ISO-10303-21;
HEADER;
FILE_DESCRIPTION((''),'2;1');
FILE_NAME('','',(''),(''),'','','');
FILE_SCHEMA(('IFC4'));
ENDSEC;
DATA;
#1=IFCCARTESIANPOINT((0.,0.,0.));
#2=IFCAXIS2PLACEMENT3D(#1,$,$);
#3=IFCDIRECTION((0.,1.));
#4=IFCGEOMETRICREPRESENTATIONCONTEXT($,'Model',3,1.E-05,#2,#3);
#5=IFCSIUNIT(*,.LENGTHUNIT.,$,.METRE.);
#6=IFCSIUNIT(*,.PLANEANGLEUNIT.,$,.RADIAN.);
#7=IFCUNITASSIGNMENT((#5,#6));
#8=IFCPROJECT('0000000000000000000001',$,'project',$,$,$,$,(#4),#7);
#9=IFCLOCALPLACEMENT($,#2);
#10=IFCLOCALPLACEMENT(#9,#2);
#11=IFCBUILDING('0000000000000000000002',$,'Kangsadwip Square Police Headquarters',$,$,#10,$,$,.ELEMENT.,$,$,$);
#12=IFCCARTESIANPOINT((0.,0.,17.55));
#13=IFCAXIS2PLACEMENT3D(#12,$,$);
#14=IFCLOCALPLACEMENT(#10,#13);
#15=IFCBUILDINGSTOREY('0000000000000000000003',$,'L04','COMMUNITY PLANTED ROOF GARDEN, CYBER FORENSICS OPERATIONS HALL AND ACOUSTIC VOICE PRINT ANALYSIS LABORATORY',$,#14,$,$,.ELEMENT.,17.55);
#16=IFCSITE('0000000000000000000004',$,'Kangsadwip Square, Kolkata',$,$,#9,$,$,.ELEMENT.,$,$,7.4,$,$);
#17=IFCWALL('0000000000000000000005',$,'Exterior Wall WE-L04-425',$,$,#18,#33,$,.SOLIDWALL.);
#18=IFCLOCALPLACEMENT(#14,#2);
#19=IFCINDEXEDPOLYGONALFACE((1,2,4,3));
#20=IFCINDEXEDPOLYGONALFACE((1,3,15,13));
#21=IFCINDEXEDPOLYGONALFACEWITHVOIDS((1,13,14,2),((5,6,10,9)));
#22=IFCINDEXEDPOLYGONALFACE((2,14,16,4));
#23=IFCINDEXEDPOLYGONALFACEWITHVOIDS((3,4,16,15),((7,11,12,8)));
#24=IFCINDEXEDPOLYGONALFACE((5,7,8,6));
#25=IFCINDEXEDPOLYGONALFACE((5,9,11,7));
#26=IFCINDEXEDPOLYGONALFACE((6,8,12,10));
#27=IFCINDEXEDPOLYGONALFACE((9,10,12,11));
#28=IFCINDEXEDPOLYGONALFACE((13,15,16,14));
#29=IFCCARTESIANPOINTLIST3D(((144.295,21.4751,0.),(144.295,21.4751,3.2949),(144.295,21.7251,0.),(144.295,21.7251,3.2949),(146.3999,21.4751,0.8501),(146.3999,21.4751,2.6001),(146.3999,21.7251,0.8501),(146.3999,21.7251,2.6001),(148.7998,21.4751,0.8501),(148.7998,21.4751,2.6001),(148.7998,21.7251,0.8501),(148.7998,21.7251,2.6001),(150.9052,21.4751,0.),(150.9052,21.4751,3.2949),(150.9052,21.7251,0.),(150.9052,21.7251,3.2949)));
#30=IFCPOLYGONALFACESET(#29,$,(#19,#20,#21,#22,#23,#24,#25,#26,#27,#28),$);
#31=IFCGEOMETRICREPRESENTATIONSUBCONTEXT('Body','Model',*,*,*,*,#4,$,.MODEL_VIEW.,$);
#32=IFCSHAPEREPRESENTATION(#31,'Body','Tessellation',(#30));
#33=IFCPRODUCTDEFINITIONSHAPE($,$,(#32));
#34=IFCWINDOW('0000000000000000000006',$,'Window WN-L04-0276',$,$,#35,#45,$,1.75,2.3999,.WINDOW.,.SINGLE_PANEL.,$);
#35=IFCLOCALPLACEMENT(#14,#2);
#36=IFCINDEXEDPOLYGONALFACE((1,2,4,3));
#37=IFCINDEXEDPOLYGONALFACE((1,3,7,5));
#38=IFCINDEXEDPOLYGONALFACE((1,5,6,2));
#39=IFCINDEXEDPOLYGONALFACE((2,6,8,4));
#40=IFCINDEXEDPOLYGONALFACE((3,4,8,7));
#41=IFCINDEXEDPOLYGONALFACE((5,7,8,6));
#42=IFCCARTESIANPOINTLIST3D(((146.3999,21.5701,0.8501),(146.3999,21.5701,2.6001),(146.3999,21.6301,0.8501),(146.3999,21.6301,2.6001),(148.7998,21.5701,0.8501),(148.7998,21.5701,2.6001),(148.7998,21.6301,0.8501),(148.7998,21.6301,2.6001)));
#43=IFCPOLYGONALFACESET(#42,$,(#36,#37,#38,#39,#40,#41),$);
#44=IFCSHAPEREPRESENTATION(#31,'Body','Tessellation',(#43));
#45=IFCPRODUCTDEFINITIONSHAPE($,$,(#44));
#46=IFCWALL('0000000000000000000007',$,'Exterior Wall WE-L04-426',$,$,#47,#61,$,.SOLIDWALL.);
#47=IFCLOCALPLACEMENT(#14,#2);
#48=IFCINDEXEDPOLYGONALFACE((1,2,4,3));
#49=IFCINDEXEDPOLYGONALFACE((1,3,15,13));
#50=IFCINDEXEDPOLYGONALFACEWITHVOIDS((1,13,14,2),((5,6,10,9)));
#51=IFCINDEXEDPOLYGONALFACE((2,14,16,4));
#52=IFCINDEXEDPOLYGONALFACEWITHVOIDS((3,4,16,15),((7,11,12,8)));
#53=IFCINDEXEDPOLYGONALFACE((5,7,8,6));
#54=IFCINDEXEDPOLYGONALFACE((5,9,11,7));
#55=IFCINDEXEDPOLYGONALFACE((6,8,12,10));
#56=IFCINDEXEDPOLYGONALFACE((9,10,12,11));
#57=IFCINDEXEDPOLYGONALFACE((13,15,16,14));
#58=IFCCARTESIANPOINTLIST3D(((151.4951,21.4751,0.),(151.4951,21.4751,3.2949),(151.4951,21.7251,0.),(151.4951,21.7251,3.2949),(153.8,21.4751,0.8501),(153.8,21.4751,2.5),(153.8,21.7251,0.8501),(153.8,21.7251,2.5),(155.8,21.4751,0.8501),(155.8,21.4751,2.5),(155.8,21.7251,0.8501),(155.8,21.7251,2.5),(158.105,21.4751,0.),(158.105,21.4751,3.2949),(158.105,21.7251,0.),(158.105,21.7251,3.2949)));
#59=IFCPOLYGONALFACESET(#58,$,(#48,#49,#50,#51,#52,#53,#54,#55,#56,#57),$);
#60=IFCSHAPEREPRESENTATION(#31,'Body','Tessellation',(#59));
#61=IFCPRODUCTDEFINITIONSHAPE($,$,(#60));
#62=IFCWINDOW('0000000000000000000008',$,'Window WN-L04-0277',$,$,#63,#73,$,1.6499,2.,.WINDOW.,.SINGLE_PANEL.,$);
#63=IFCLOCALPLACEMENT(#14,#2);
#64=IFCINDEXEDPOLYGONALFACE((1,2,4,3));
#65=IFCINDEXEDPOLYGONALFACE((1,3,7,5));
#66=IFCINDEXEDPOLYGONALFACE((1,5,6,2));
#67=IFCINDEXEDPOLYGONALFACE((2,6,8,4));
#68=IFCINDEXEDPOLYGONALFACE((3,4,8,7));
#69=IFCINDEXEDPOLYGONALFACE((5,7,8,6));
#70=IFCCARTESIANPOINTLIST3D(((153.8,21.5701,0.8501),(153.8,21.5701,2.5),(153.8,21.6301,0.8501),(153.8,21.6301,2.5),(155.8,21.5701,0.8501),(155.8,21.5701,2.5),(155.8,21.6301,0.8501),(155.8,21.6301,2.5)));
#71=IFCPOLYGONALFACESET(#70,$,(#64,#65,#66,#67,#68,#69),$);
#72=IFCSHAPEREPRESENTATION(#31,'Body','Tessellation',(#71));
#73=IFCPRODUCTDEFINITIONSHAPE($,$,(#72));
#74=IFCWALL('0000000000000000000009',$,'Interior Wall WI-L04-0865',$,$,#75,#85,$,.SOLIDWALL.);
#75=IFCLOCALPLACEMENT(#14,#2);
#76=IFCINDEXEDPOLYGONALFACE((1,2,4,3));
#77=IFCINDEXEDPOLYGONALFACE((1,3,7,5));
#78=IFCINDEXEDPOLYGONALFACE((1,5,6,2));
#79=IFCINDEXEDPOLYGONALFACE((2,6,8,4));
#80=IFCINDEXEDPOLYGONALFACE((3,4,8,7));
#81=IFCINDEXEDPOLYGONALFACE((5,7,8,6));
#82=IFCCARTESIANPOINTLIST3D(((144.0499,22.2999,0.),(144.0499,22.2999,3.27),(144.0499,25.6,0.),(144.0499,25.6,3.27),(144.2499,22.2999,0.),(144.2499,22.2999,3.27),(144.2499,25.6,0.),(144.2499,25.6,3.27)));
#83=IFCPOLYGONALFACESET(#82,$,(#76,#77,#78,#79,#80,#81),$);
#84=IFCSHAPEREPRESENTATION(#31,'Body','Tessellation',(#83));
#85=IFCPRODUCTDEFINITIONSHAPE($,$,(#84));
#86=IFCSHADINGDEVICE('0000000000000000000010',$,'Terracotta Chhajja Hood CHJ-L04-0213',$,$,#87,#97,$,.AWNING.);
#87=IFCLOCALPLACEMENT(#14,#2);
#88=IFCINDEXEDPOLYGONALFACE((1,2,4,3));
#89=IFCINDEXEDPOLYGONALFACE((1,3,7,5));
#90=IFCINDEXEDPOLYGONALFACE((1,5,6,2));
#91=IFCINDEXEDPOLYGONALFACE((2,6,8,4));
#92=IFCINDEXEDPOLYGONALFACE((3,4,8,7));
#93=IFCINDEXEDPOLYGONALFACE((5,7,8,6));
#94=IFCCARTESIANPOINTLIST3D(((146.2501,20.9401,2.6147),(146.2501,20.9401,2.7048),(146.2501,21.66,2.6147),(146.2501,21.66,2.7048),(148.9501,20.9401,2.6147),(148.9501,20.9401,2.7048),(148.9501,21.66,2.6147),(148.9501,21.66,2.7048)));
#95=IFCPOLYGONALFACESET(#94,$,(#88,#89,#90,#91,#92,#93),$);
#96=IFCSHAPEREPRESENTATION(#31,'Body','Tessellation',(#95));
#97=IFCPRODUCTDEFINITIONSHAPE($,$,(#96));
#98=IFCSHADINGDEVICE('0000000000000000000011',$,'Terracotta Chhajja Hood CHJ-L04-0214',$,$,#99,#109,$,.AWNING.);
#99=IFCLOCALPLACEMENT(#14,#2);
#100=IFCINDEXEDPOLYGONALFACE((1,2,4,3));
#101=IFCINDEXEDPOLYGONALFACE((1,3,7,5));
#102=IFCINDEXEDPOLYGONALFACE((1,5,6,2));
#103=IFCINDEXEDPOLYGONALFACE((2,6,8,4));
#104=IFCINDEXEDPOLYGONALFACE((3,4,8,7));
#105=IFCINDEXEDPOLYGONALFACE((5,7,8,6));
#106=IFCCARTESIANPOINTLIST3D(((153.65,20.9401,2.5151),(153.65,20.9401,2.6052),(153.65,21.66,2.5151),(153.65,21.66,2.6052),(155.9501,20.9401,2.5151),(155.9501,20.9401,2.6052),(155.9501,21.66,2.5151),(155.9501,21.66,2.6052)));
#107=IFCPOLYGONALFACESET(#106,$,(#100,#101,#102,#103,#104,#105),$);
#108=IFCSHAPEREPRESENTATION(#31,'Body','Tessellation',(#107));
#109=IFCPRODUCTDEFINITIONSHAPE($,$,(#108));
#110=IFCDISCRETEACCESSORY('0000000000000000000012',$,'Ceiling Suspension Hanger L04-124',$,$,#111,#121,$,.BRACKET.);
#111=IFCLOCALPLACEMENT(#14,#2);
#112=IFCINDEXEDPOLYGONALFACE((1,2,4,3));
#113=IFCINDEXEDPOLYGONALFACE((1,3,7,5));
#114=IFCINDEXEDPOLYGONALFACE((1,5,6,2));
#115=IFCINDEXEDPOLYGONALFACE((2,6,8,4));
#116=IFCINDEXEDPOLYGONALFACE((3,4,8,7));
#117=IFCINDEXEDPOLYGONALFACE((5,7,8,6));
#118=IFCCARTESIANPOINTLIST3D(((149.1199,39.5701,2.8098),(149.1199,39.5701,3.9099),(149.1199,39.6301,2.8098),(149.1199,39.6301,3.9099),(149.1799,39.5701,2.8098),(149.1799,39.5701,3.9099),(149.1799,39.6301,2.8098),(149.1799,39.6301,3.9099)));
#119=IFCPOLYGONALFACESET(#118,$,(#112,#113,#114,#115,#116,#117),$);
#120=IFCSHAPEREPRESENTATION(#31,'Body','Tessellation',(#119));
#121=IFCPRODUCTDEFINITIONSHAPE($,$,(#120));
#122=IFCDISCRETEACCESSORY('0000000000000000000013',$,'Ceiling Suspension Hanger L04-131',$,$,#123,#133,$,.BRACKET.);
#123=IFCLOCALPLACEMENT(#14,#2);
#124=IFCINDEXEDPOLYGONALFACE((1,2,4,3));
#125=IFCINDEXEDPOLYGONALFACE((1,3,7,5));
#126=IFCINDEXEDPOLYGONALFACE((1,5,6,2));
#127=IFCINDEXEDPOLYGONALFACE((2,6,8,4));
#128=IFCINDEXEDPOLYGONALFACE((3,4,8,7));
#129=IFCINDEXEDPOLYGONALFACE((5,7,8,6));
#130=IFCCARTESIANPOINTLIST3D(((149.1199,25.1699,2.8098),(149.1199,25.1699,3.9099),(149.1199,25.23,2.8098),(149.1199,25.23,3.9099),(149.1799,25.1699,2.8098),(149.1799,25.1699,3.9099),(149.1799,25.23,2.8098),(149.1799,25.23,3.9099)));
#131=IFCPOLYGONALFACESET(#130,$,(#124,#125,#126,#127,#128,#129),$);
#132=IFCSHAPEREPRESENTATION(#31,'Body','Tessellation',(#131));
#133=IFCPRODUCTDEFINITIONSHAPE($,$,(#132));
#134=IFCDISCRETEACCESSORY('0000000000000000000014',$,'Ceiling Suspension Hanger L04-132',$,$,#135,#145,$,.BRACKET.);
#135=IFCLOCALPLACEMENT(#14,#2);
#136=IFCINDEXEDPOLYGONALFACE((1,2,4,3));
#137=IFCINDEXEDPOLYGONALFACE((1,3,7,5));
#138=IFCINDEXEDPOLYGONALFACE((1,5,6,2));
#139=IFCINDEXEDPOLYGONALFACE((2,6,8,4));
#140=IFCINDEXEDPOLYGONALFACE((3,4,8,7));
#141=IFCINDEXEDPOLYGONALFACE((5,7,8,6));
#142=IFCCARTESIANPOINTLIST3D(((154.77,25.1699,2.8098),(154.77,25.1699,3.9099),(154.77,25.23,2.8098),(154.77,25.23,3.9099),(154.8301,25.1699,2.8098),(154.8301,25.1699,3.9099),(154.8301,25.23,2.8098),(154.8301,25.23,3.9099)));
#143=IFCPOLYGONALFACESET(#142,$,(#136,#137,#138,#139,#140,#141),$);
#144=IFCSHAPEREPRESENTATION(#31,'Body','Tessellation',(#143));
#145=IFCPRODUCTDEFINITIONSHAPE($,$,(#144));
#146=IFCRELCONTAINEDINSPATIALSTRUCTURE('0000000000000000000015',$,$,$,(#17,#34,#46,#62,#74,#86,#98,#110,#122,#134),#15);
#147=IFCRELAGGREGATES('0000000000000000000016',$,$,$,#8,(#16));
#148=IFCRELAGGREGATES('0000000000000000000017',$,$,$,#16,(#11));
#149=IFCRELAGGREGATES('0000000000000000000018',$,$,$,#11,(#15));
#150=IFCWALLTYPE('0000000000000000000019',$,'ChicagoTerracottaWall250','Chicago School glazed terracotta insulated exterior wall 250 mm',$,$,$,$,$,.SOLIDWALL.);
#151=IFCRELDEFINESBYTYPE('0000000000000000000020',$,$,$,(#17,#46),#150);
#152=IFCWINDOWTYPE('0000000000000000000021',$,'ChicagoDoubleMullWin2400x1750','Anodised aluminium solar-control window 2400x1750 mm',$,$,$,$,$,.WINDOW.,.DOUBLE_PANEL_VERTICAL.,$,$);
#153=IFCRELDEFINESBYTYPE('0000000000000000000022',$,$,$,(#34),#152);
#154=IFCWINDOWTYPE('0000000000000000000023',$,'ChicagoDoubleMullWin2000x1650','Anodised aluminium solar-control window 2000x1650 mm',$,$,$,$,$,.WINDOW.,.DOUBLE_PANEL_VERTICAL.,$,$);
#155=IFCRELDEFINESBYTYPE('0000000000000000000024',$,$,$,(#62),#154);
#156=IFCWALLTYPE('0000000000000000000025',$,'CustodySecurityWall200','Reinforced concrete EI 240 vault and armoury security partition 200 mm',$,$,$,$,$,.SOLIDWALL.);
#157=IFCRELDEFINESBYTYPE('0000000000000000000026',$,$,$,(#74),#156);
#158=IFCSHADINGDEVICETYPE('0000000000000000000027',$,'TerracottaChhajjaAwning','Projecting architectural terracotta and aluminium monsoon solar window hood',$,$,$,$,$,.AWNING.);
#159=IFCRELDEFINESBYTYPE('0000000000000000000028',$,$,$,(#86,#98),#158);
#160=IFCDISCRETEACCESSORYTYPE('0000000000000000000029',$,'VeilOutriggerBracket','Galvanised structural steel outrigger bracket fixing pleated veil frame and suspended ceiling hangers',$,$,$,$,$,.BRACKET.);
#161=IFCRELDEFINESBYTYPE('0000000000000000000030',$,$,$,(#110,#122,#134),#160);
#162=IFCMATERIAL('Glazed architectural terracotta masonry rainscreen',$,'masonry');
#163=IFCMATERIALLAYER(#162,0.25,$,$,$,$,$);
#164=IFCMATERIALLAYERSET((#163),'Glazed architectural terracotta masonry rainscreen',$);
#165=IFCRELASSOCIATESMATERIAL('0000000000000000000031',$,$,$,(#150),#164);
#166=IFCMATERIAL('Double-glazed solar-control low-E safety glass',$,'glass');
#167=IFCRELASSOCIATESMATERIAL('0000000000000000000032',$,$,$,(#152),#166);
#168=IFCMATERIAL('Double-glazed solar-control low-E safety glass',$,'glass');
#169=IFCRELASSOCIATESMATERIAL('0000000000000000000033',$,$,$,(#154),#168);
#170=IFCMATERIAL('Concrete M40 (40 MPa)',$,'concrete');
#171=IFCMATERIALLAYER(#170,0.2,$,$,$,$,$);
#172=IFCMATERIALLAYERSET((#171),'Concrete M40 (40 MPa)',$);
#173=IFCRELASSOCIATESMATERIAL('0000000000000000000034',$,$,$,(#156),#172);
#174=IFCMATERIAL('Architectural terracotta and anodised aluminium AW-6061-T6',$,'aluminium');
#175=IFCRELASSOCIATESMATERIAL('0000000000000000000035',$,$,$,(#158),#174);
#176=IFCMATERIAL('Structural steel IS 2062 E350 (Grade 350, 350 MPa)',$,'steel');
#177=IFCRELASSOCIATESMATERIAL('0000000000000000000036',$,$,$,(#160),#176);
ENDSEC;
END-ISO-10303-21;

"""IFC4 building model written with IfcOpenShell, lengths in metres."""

from ifc_helpers import new_model, si_unit, direction, frame, frame_2d, origin, origin_2d, place, context, subcontext, project, spatial, rectangle, extrude, material, layer, layer_set, type_object, element, fill, save


model = new_model("IFC4")

# Units and contexts
model_context = context("Model", 3, precision=1e-05, world=origin(), true_north=direction((0.0, 1.0)))
body_context = subcontext(model_context, "Body", "Model", "MODEL_VIEW")
ifc_project = project(units=[si_unit("LENGTHUNIT", "METRE"), si_unit("PLANEANGLEUNIT", "RADIAN")], contexts=[model_context])

# Site, building, storey
site_placement = place(None, origin())
site = spatial("IfcSite", under=ifc_project, at=site_placement, Name="Kangsadwip Square, Kolkata", CompositionType="ELEMENT", RefElevation=7.4)
building_placement = place(site_placement, origin())
building = spatial("IfcBuilding", under=site, at=building_placement, Name="Kangsadwip Square Police Headquarters", CompositionType="ELEMENT")
storey_placement = place(building_placement, frame((0.0, 0.0, 17.55)))
storey = spatial("IfcBuildingStorey", under=building, at=storey_placement, Name="L04", Description="COMMUNITY PLANTED ROOF GARDEN, CYBER FORENSICS OPERATIONS HALL AND ACOUSTIC VOICE PRINT ANALYSIS LABORATORY", CompositionType="ELEMENT", Elevation=17.55)

# Walls, openings, windows
ifc_material_1 = material(Name="Glazed architectural terracotta masonry rainscreen", Category="masonry")
ifc_layer_1 = layer(ifc_material_1, 0.25)
ifc_layer_set_1 = layer_set([ifc_layer_1], Name="Glazed architectural terracotta masonry rainscreen")
wall_type_1 = type_object("IfcWallType", Name="ChicagoTerracottaWall250", Description="Chicago School glazed terracotta insulated exterior wall 250 mm", PredefinedType="SOLIDWALL", material=ifc_layer_set_1)
wall_1_placement = place(storey_placement, frame((144.2949, 21.6001, 0.0), z_axis=(0.0, 0.0, 1.0), x_axis=(1.0, 0.0, 0.0)))
wall_1 = element("IfcWall", 1, at=wall_1_placement, inside=storey, type_object=wall_type_1, Name="Exterior Wall WE-L04-425", PredefinedType="SOLIDWALL", context=body_context, shape_type="SweptSolid", body=[
    extrude(rectangle(XDim=6.6101, YDim=0.25, at=frame_2d((3.3052, 0.0))), origin(), (0.0, 0.0, 1.0), 3.2949),
])
opening_1_placement = place(wall_1_placement, frame((2.105, 0.0, 0.8501)))
opening_1 = element("IfcOpeningElement", 2, at=opening_1_placement, cuts=wall_1, PredefinedType="OPENING", context=body_context, shape_type="SweptSolid", body=[
    extrude(rectangle(XDim=2.3999, YDim=1.75, at=frame_2d((1.2, 0.875))), frame((0.0, 0.135, 0.0), z_axis=(0.0, -1.0, 0.0), x_axis=(1.0, 0.0, 0.0)), (0.0, 0.0, 1.0), 0.27),
])
ifc_material_2 = material(Name="Double-glazed solar-control low-E safety glass", Category="glass")
window_type_1 = type_object("IfcWindowType", Name="ChicagoDoubleMullWin2400x1750", Description="Anodised aluminium solar-control window 2400x1750 mm", PartitioningType="DOUBLE_PANEL_VERTICAL", PredefinedType="WINDOW", material=ifc_material_2)
window_1_placement = place(opening_1_placement, origin())
window_1 = element("IfcWindow", 3, at=window_1_placement, inside=storey, type_object=window_type_1, Name="Window WN-L04-0276", OverallHeight=1.75, OverallWidth=2.3999, PartitioningType="SINGLE_PANEL", PredefinedType="WINDOW", context=body_context, shape_type="SweptSolid", body=[
    extrude(rectangle(XDim=2.3999, YDim=1.75, at=frame_2d((1.2, 0.875))), frame((0.0, 0.03, 0.0), z_axis=(0.0, -1.0, 0.0), x_axis=(1.0, 0.0, 0.0)), (0.0, 0.0, 1.0), 0.0601),
])
fill(opening_1, window_1)
wall_2_placement = place(storey_placement, frame((151.4951, 21.6001, 0.0), z_axis=(0.0, 0.0, 1.0), x_axis=(1.0, 0.0, 0.0)))
wall_2 = element("IfcWall", 4, at=wall_2_placement, inside=storey, type_object=wall_type_1, Name="Exterior Wall WE-L04-426", PredefinedType="SOLIDWALL", context=body_context, shape_type="SweptSolid", body=[
    extrude(rectangle(XDim=6.6099, YDim=0.25, at=frame_2d((3.3049, 0.0))), origin(), (0.0, 0.0, 1.0), 3.2949),
])
opening_2_placement = place(wall_2_placement, frame((2.3049, 0.0, 0.8501)))
opening_2 = element("IfcOpeningElement", 5, at=opening_2_placement, cuts=wall_2, PredefinedType="OPENING", context=body_context, shape_type="SweptSolid", body=[
    extrude(rectangle(XDim=2.0, YDim=1.6499, at=frame_2d((1.0, 0.825))), frame((0.0, 0.135, 0.0), z_axis=(0.0, -1.0, 0.0), x_axis=(1.0, 0.0, 0.0)), (0.0, 0.0, 1.0), 0.27),
])
ifc_material_3 = material(Name="Double-glazed solar-control low-E safety glass", Category="glass")
window_type_2 = type_object("IfcWindowType", Name="ChicagoDoubleMullWin2000x1650", Description="Anodised aluminium solar-control window 2000x1650 mm", PartitioningType="DOUBLE_PANEL_VERTICAL", PredefinedType="WINDOW", material=ifc_material_3)
window_2_placement = place(opening_2_placement, origin())
window_2 = element("IfcWindow", 6, at=window_2_placement, inside=storey, type_object=window_type_2, Name="Window WN-L04-0277", OverallHeight=1.6499, OverallWidth=2.0, PartitioningType="SINGLE_PANEL", PredefinedType="WINDOW", context=body_context, shape_type="SweptSolid", body=[
    extrude(rectangle(XDim=2.0, YDim=1.6499, at=frame_2d((1.0, 0.825))), frame((0.0, 0.03, 0.0), z_axis=(0.0, -1.0, 0.0), x_axis=(1.0, 0.0, 0.0)), (0.0, 0.0, 1.0), 0.0601),
])
fill(opening_2, window_2)

# Wall
ifc_material_4 = material(Name="Concrete M40 (40 MPa)", Category="concrete")
ifc_layer_2 = layer(ifc_material_4, 0.2)
ifc_layer_set_2 = layer_set([ifc_layer_2], Name="Concrete M40 (40 MPa)")
wall_type_2 = type_object("IfcWallType", Name="CustodySecurityWall200", Description="Reinforced concrete EI 240 vault and armoury security partition 200 mm", PredefinedType="SOLIDWALL", material=ifc_layer_set_2)
wall_3_placement = place(storey_placement, frame((144.1499, 22.3, 0.0), z_axis=(0.0, 0.0, 1.0), x_axis=(0.0, 1.0, 0.0)))
element("IfcWall", 7, at=wall_3_placement, inside=storey, type_object=wall_type_2, Name="Interior Wall WI-L04-0865", PredefinedType="SOLIDWALL", context=body_context, shape_type="SweptSolid", body=[
    extrude(rectangle(XDim=3.3, YDim=0.2, at=frame_2d((1.6499, 0.0))), origin(), (0.0, 0.0, 1.0), 3.27),
])

# Shading devices
ifc_material_5 = material(Name="Architectural terracotta and anodised aluminium AW-6061-T6", Category="aluminium")
shading_device_type = type_object("IfcShadingDeviceType", Name="TerracottaChhajjaAwning", Description="Projecting architectural terracotta and aluminium monsoon solar window hood", PredefinedType="AWNING", material=ifc_material_5)
shading_device_1_placement = place(storey_placement, frame((147.6001, 21.3, 2.6147), z_axis=(0.0, 0.0, 1.0), x_axis=(1.0, 0.0, 0.0)))
element("IfcShadingDevice", 8, at=shading_device_1_placement, inside=storey, type_object=shading_device_type, Name="Terracotta Chhajja Hood CHJ-L04-0213", PredefinedType="AWNING", context=body_context, shape_type="SweptSolid", body=[
    extrude(rectangle(XDim=2.7, YDim=0.72, at=origin_2d()), origin(), (0.0, 0.0, 1.0), 0.0901),
])
shading_device_2_placement = place(storey_placement, frame((154.8, 21.3, 2.5151), z_axis=(0.0, 0.0, 1.0), x_axis=(1.0, 0.0, 0.0)))
element("IfcShadingDevice", 9, at=shading_device_2_placement, inside=storey, type_object=shading_device_type, Name="Terracotta Chhajja Hood CHJ-L04-0214", PredefinedType="AWNING", context=body_context, shape_type="SweptSolid", body=[
    extrude(rectangle(XDim=2.3, YDim=0.72, at=origin_2d()), origin(), (0.0, 0.0, 1.0), 0.0901),
])

# Discrete accessories
ifc_material_6 = material(Name="Structural steel IS 2062 E350 (Grade 350, 350 MPa)", Category="steel")
discrete_accessory_type = type_object("IfcDiscreteAccessoryType", Name="VeilOutriggerBracket", Description="Galvanised structural steel outrigger bracket fixing pleated veil frame and suspended ceiling hangers", PredefinedType="BRACKET", material=ifc_material_6)
for number, where, z_axis, x_axis, name in (
    (10, (149.1499, 39.6001, 2.8098), (0.0, 0.0, 1.0), (1.0, 0.0, 0.0), "Ceiling Suspension Hanger L04-124"),
    (11, (149.1499, 25.2, 2.8098), (0.0, 0.0, 1.0), (1.0, 0.0, 0.0), "Ceiling Suspension Hanger L04-131"),
    (12, (154.8, 25.2, 2.8098), (0.0, 0.0, 1.0), (1.0, 0.0, 0.0), "Ceiling Suspension Hanger L04-132"),
):
    element("IfcDiscreteAccessory", number, at=place(storey_placement, frame(where, z_axis=z_axis, x_axis=x_axis)), inside=storey, type_object=discrete_accessory_type, Name=name, PredefinedType="BRACKET", context=body_context, shape_type="SweptSolid", body=[
        extrude(rectangle(XDim=0.0601, YDim=0.0601, at=origin_2d()), origin(), (0.0, 0.0, 1.0), 1.1001),
    ])

save(model, "model.ifc")
